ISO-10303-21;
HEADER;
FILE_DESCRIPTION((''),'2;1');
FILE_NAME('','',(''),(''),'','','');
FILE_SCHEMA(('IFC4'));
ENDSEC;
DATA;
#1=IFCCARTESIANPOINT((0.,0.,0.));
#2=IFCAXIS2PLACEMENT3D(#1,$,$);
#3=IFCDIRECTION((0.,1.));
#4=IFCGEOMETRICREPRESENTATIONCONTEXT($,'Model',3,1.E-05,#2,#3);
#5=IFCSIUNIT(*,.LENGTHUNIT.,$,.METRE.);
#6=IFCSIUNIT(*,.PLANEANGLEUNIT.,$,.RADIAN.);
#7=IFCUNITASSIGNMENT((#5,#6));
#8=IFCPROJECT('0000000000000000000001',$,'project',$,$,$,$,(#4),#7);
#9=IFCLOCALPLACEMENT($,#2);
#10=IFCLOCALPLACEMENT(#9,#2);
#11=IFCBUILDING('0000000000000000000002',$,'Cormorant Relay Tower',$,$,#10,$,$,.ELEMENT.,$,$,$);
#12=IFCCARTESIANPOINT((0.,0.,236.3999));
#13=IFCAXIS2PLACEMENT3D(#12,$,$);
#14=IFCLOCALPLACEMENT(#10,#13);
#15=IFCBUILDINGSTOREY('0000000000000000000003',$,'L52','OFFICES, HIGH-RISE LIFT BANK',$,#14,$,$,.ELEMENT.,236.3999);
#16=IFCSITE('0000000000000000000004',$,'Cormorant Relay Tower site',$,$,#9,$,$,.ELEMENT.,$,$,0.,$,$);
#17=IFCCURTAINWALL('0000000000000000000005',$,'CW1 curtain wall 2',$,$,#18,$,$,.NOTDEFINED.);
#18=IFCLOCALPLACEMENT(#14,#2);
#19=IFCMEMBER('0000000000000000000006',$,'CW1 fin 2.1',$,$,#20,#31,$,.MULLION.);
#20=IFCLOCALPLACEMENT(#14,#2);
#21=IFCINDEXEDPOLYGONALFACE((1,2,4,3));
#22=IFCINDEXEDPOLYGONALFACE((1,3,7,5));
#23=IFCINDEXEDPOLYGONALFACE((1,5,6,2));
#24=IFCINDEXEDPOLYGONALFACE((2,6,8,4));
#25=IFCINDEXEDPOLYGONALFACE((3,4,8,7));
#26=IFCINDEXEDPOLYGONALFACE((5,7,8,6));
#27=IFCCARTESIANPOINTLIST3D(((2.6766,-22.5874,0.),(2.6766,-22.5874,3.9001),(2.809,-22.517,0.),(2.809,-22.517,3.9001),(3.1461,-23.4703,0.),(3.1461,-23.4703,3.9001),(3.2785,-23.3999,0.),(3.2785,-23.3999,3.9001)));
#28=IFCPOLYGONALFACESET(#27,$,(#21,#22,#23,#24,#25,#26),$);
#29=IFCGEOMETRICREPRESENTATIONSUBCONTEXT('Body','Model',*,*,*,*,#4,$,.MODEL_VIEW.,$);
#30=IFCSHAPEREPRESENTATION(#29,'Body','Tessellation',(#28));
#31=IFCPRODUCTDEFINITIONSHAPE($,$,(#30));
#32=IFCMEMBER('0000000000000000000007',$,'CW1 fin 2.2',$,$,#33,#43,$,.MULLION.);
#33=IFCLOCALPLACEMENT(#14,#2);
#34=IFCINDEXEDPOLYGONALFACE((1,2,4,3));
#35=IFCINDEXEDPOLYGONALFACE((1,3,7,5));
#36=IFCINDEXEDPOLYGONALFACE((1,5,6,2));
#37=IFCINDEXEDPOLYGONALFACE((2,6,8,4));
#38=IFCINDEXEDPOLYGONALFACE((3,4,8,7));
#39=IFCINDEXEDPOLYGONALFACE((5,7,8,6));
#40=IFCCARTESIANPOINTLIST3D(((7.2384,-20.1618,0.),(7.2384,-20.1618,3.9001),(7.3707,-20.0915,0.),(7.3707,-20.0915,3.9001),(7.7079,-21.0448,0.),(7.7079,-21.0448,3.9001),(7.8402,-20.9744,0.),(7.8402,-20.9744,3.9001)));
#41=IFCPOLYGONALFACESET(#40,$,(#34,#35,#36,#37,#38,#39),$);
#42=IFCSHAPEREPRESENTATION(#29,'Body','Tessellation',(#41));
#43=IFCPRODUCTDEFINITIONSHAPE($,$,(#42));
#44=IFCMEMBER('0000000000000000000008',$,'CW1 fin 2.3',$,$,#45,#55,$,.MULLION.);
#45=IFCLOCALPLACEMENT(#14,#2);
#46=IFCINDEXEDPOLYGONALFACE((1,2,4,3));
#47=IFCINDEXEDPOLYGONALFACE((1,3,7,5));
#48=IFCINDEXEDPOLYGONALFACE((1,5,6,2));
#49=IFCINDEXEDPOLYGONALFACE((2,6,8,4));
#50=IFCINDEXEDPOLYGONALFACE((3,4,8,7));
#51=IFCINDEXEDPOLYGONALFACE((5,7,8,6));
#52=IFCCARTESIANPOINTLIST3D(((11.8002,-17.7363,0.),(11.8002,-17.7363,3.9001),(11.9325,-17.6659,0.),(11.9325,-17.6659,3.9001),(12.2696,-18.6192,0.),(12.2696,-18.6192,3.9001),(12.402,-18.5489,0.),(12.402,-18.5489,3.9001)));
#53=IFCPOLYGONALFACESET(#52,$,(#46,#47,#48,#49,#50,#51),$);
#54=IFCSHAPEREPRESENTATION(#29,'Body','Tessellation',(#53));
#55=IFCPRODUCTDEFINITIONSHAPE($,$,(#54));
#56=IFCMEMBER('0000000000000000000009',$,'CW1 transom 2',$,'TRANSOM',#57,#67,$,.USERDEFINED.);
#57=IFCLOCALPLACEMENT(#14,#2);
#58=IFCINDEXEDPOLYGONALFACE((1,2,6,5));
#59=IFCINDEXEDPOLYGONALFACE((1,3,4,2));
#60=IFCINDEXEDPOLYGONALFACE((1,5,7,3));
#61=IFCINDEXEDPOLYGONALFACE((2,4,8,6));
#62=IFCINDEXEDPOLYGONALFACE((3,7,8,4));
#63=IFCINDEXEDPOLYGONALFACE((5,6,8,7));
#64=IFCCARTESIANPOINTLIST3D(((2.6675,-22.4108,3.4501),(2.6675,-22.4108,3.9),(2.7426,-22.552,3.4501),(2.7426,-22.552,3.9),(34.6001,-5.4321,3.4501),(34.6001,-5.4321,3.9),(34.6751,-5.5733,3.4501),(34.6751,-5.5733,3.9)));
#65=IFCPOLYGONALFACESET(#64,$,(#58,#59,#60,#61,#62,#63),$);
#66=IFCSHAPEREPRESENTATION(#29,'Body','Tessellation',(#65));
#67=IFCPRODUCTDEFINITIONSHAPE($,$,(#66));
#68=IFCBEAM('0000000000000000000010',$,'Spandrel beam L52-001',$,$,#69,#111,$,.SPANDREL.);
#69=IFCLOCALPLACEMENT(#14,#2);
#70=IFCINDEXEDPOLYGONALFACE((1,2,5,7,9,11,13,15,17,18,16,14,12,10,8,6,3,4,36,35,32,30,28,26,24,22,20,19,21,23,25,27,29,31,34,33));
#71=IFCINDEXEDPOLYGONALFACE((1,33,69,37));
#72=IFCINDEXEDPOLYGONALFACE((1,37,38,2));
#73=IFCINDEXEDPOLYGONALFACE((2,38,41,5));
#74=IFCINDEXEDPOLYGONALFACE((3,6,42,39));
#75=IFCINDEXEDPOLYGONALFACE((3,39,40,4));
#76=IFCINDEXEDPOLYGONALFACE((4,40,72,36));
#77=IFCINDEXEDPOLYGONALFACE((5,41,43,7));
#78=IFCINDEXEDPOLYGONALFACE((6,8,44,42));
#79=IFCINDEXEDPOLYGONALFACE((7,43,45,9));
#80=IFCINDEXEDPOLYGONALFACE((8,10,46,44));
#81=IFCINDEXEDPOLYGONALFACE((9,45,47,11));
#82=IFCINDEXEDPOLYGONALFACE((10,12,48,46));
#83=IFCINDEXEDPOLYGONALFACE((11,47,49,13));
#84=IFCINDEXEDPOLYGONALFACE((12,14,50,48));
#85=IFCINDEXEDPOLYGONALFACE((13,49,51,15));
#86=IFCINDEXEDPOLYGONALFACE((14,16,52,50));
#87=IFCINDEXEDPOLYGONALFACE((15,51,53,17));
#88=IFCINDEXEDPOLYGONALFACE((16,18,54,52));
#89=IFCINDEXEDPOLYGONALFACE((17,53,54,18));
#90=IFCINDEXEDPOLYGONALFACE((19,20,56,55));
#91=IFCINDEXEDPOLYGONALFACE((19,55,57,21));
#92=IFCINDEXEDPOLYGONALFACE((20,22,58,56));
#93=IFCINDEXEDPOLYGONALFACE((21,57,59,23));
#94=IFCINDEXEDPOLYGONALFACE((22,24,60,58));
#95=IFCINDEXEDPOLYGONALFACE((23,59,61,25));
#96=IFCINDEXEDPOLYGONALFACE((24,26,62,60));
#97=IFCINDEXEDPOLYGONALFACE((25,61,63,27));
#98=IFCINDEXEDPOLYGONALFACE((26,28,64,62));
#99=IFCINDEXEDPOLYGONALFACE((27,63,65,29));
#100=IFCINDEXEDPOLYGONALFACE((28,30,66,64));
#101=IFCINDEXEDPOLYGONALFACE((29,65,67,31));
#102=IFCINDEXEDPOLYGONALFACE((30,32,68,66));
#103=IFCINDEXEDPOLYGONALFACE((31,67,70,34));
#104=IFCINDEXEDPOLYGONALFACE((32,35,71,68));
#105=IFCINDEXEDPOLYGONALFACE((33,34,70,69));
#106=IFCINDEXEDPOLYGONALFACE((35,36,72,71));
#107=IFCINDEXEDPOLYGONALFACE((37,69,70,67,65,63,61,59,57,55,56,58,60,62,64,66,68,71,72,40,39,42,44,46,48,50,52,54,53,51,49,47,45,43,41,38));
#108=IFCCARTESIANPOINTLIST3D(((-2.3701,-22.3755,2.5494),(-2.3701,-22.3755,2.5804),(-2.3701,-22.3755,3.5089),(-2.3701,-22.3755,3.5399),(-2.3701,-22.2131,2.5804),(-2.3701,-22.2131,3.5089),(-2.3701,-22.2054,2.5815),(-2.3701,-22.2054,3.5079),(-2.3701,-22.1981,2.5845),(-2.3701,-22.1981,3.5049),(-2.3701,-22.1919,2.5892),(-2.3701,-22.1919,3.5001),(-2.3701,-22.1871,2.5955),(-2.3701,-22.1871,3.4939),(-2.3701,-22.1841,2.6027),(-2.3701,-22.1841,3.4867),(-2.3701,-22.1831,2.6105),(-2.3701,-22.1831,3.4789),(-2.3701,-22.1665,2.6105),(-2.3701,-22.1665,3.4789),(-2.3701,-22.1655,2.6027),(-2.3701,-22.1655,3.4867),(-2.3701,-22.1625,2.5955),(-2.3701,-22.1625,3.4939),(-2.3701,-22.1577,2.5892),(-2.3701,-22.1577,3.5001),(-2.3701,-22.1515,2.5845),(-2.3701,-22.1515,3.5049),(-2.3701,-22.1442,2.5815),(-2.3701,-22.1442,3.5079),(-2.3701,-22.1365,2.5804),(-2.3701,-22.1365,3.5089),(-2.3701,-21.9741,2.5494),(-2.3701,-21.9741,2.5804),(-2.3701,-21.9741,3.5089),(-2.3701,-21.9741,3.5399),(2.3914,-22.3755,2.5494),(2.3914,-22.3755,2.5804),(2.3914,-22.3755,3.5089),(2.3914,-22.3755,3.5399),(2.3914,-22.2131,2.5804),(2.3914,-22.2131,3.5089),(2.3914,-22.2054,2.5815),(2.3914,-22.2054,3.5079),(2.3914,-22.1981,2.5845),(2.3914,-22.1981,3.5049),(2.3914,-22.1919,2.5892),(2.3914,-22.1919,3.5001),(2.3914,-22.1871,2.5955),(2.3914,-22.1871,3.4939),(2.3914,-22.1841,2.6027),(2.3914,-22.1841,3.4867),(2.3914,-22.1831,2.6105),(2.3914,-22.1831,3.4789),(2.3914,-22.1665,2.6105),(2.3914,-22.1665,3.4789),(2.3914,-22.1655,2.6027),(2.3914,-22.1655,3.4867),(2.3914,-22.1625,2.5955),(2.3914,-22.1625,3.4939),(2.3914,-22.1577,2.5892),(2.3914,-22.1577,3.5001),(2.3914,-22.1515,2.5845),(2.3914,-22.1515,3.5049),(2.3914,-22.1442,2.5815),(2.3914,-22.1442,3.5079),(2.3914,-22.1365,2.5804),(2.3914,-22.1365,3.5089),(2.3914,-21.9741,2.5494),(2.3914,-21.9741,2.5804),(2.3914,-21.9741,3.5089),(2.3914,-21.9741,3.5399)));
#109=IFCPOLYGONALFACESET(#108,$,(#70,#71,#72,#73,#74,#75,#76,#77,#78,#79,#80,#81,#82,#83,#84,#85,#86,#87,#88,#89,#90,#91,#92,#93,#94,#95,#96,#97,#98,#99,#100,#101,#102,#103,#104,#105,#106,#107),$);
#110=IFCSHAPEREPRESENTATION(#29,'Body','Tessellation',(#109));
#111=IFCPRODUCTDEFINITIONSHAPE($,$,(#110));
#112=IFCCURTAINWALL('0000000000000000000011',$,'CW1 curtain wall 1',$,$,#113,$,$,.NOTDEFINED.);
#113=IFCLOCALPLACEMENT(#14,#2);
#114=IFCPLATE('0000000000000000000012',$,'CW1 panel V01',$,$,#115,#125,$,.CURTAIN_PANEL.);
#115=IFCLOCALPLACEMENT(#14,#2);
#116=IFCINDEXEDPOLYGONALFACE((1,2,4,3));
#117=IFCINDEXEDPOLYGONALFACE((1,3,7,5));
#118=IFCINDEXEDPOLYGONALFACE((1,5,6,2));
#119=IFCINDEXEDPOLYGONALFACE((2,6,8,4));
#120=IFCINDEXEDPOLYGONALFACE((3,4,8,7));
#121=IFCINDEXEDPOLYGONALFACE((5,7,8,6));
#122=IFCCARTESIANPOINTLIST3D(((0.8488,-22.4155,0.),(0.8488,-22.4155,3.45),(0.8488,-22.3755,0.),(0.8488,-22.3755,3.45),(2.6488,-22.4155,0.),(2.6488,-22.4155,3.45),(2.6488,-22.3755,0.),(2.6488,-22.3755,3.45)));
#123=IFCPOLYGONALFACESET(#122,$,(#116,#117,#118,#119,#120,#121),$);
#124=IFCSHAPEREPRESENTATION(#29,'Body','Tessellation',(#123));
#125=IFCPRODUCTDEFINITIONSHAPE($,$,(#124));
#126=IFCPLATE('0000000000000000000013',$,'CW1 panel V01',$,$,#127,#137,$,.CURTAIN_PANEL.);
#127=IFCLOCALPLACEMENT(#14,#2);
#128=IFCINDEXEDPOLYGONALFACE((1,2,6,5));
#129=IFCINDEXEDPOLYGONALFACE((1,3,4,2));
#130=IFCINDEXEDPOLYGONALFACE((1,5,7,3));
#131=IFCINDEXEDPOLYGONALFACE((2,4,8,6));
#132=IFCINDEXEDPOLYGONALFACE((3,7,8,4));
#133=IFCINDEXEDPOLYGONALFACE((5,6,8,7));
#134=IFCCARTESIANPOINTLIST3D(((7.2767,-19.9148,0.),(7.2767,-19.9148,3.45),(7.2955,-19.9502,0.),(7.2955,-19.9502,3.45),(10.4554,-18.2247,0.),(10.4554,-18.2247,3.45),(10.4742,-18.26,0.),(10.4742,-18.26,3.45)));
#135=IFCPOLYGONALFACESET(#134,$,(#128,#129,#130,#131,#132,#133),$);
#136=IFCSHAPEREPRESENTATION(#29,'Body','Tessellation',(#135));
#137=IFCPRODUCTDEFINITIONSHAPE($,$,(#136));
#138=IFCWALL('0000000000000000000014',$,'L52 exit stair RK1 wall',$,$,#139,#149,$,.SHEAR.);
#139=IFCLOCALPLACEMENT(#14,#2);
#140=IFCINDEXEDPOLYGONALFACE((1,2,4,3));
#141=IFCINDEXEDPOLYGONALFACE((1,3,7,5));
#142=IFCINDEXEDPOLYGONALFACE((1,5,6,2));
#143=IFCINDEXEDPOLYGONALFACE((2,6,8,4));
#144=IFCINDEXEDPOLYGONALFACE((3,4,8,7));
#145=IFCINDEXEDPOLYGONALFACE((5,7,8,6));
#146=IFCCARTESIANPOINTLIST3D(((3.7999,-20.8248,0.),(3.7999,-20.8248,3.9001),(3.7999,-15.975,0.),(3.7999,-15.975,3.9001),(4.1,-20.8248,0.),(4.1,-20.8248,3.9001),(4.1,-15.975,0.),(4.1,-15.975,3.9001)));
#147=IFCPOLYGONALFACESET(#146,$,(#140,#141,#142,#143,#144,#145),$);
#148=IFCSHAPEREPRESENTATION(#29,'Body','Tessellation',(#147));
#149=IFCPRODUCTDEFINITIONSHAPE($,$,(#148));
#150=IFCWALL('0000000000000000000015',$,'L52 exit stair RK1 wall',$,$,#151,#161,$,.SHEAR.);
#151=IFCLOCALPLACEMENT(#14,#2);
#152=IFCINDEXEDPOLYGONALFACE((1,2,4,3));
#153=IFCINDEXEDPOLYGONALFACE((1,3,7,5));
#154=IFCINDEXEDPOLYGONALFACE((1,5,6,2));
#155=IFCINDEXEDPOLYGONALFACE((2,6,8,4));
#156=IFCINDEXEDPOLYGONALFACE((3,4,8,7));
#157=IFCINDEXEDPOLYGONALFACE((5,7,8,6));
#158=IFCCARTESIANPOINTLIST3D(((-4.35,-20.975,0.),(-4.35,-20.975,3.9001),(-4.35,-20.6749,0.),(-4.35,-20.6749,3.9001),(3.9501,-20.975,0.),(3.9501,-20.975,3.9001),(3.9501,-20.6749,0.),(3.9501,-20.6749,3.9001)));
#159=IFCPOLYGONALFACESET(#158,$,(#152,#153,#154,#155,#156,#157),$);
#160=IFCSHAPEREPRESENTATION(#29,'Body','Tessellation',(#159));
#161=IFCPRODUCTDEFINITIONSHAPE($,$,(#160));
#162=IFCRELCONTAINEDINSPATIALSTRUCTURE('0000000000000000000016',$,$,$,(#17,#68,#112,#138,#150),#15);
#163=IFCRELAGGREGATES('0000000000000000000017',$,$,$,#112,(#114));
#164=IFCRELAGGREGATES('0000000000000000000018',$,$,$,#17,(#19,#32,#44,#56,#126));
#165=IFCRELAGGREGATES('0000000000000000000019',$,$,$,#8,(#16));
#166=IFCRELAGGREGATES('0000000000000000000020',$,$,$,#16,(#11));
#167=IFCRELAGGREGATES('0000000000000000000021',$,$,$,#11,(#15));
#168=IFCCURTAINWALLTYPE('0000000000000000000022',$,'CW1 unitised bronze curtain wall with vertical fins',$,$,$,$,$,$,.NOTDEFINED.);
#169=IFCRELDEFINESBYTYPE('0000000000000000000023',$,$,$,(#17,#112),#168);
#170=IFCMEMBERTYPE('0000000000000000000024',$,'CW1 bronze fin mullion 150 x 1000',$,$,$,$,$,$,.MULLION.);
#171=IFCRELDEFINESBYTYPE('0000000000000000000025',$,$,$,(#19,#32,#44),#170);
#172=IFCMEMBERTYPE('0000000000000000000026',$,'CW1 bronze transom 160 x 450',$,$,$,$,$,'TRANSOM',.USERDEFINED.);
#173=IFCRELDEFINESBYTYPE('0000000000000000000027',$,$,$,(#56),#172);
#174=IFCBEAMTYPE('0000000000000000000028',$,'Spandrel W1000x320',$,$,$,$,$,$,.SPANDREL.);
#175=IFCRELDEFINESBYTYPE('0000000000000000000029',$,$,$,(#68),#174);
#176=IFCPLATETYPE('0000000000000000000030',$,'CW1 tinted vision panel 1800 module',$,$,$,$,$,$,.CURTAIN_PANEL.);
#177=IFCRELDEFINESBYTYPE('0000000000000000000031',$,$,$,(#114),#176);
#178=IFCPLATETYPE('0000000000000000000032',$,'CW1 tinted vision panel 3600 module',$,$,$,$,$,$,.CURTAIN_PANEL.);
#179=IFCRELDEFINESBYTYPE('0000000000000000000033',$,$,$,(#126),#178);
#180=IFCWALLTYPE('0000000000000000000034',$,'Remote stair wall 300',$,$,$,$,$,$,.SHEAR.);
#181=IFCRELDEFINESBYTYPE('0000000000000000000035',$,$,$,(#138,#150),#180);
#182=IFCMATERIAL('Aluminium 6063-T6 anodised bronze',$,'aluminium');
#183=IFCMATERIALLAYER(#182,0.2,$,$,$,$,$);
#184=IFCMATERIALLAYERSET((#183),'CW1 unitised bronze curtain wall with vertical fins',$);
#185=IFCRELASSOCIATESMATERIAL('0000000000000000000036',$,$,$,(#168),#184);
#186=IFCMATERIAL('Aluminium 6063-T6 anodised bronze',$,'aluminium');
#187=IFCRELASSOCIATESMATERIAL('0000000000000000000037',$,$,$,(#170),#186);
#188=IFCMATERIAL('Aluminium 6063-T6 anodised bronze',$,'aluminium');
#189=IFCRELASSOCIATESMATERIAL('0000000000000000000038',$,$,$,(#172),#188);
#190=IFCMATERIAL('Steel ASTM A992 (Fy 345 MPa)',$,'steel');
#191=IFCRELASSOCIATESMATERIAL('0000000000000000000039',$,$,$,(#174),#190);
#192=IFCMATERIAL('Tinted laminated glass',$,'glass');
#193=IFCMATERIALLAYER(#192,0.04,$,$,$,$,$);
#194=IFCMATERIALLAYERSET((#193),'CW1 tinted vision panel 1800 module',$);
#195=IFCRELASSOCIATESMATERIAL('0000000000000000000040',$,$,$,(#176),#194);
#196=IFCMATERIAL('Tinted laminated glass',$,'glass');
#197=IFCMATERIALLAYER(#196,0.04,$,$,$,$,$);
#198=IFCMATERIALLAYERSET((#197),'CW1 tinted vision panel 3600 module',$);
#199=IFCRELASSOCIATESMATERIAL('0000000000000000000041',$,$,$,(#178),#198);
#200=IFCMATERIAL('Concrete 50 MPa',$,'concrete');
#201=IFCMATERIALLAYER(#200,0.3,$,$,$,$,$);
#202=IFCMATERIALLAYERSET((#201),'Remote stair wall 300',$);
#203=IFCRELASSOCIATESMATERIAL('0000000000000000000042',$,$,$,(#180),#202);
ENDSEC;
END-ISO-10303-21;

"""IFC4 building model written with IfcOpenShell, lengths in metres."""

from ifc_helpers import new_model, si_unit, direction, frame, frame_2d, origin, origin_2d, place, context, subcontext, project, spatial, rectangle, i_section, extrude, material, layer, layer_set, material_profile, profile_set, type_object, element, aggregate, save


model = new_model("IFC4")

# Units and contexts
model_context = context("Model", 3, precision=1e-05, world=origin(), true_north=direction((0.0, 1.0)))
body_context = subcontext(model_context, "Body", "Model", "MODEL_VIEW")
ifc_project = project(units=[si_unit("LENGTHUNIT", "METRE"), si_unit("PLANEANGLEUNIT", "RADIAN")], contexts=[model_context])

# Site, building, storey
site_placement = place(None, origin())
site = spatial("IfcSite", under=ifc_project, at=site_placement, Name="Cormorant Relay Tower site", CompositionType="ELEMENT", RefElevation=0.0)
building_placement = place(site_placement, origin())
building = spatial("IfcBuilding", under=site, at=building_placement, Name="Cormorant Relay Tower", CompositionType="ELEMENT")
storey_placement = place(building_placement, frame((0.0, 0.0, 236.3999)))
storey = spatial("IfcBuildingStorey", under=building, at=storey_placement, Name="L52", Description="OFFICES, HIGH-RISE LIFT BANK", CompositionType="ELEMENT", Elevation=236.3999)

# Curtain wall, members
ifc_material_1 = material(Name="Aluminium 6063-T6 anodised bronze", Category="aluminium")
ifc_layer_1 = layer(ifc_material_1, 0.2)
ifc_layer_set_1 = layer_set([ifc_layer_1], Name="CW1 unitised bronze curtain wall with vertical fins")
curtain_wall_type = type_object("IfcCurtainWallType", Name="CW1 unitised bronze curtain wall with vertical fins", PredefinedType="NOTDEFINED", material=ifc_layer_set_1)
curtain_wall_1_placement = place(storey_placement, origin())
curtain_wall_1 = element("IfcCurtainWall", 1, at=curtain_wall_1_placement, inside=storey, type_object=curtain_wall_type, Name="CW1 curtain wall 2", PredefinedType="NOTDEFINED")
ifc_material_2 = material(Name="Aluminium 6063-T6 anodised bronze", Category="aluminium")
ifc_material_profile_1 = material_profile(ifc_material_2, rectangle(XDim=0.1499, YDim=1.0, at=origin_2d()), Name="AL 150x1000")
ifc_profile_set_1 = profile_set([ifc_material_profile_1], Name="Aluminium 6063-T6 anodised bronze")
member_type_1 = type_object("IfcMemberType", Name="CW1 bronze fin mullion 150 x 1000", PredefinedType="MULLION", material=ifc_profile_set_1)
member_1_placement = place(storey_placement, frame((2.9775, -22.9937, 0.0), z_axis=(0.0, 0.0, 1.0), x_axis=(0.882948, 0.469472, 0.0)))
member_1 = element("IfcMember", 2, at=member_1_placement, type_object=member_type_1, Name="CW1 fin 2.1", PredefinedType="MULLION", context=body_context, shape_type="SweptSolid", body=[
    extrude(rectangle(XDim=0.1499, YDim=1.0, at=origin_2d()), origin(), (0.0, 0.0, 1.0), 3.9001),
])
member_2_placement = place(storey_placement, frame((7.5393, -20.5681, 0.0), z_axis=(0.0, 0.0, 1.0), x_axis=(0.882948, 0.469472, 0.0)))
member_2 = element("IfcMember", 3, at=member_2_placement, type_object=member_type_1, Name="CW1 fin 2.2", PredefinedType="MULLION", context=body_context, shape_type="SweptSolid", body=[
    extrude(rectangle(XDim=0.1499, YDim=1.0, at=origin_2d()), origin(), (0.0, 0.0, 1.0), 3.9001),
])
member_3_placement = place(storey_placement, frame((12.1011, -18.1426, 0.0), z_axis=(0.0, 0.0, 1.0), x_axis=(0.882948, 0.469472, 0.0)))
member_3 = element("IfcMember", 4, at=member_3_placement, type_object=member_type_1, Name="CW1 fin 2.3", PredefinedType="MULLION", context=body_context, shape_type="SweptSolid", body=[
    extrude(rectangle(XDim=0.1499, YDim=1.0, at=origin_2d()), origin(), (0.0, 0.0, 1.0), 3.9001),
])
ifc_material_3 = material(Name="Aluminium 6063-T6 anodised bronze", Category="aluminium")
ifc_material_profile_2 = material_profile(ifc_material_3, rectangle(XDim=0.1599, YDim=0.45, at=origin_2d()), Name="AL 160x450")
ifc_profile_set_2 = profile_set([ifc_material_profile_2], Name="Aluminium 6063-T6 anodised bronze")
member_type_2 = type_object("IfcMemberType", Name="CW1 bronze transom 160 x 450", ElementType="TRANSOM", PredefinedType="USERDEFINED", material=ifc_profile_set_2)
member_4_placement = place(storey_placement, frame((2.7051, -22.4814, 3.675), z_axis=(0.882949, 0.469469, 0.0), x_axis=(-0.469469, 0.882949, 0.0)))
member_4 = element("IfcMember", 5, at=member_4_placement, type_object=member_type_2, Name="CW1 transom 2", ObjectType="TRANSOM", PredefinedType="USERDEFINED", context=body_context, shape_type="SweptSolid", body=[
    extrude(rectangle(XDim=0.1599, YDim=0.45, at=origin_2d()), origin(), (0.0, 0.0, 1.0), 36.1658),
])

# Beam
ifc_material_4 = material(Name="Steel ASTM A992 (Fy 345 MPa)", Category="steel")
ifc_material_profile_3 = material_profile(ifc_material_4, i_section(OverallWidth=0.4014, OverallDepth=0.9905, WebThickness=0.0166, FlangeThickness=0.031, FilletRadius=0.03, at=origin_2d()), Name="W1000x320")
ifc_profile_set_3 = profile_set([ifc_material_profile_3], Name="Steel ASTM A992 (Fy 345 MPa)")
beam_type = type_object("IfcBeamType", Name="Spandrel W1000x320", PredefinedType="SPANDREL", material=ifc_profile_set_3)
beam_placement = place(storey_placement, frame((-2.3701, -22.1748, 3.0447), z_axis=(1.0, 0.0, 0.0), x_axis=(0.0, 1.0, 0.0)))
element("IfcBeam", 6, at=beam_placement, inside=storey, type_object=beam_type, Name="Spandrel beam L52-001", PredefinedType="SPANDREL", context=body_context, shape_type="SweptSolid", body=[
    extrude(i_section(OverallWidth=0.4014, OverallDepth=0.9905, WebThickness=0.0166, FlangeThickness=0.031, FilletRadius=0.03, at=origin_2d()), origin(), (0.0, 0.0, 1.0), 4.7615),
])

# Curtain wall, plate
curtain_wall_2_placement = place(storey_placement, origin())
curtain_wall_2 = element("IfcCurtainWall", 7, at=curtain_wall_2_placement, inside=storey, type_object=curtain_wall_type, Name="CW1 curtain wall 1", PredefinedType="NOTDEFINED")
ifc_material_5 = material(Name="Tinted laminated glass", Category="glass")
ifc_layer_2 = layer(ifc_material_5, 0.04)
ifc_layer_set_2 = layer_set([ifc_layer_2], Name="CW1 tinted vision panel 1800 module")
plate_type_1 = type_object("IfcPlateType", Name="CW1 tinted vision panel 1800 module", PredefinedType="CURTAIN_PANEL", material=ifc_layer_set_2)
plate_1_placement = place(storey_placement, frame((1.7488, -22.3955, 0.0), z_axis=(0.0, 0.0, 1.0), x_axis=(1.0, 0.0, 0.0)))
plate_1 = element("IfcPlate", 8, at=plate_1_placement, type_object=plate_type_1, Name="CW1 panel V01", PredefinedType="CURTAIN_PANEL", context=body_context, shape_type="SweptSolid", body=[
    extrude(rectangle(XDim=1.8, YDim=0.04, at=origin_2d()), origin(), (0.0, 0.0, 1.0), 3.45),
])

# Plate
ifc_material_6 = material(Name="Tinted laminated glass", Category="glass")
ifc_layer_3 = layer(ifc_material_6, 0.04)
ifc_layer_set_3 = layer_set([ifc_layer_3], Name="CW1 tinted vision panel 3600 module")
plate_type_2 = type_object("IfcPlateType", Name="CW1 tinted vision panel 3600 module", PredefinedType="CURTAIN_PANEL", material=ifc_layer_set_3)
plate_2_placement = place(storey_placement, frame((8.8755, -19.0874, 0.0), z_axis=(0.0, 0.0, 1.0), x_axis=(0.882948, 0.469472, 0.0)))
plate_2 = element("IfcPlate", 9, at=plate_2_placement, type_object=plate_type_2, Name="CW1 panel V01", PredefinedType="CURTAIN_PANEL", context=body_context, shape_type="SweptSolid", body=[
    extrude(rectangle(XDim=3.6001, YDim=0.04, at=origin_2d()), origin(), (0.0, 0.0, 1.0), 3.45),
])

# Walls
ifc_material_7 = material(Name="Concrete 50 MPa", Category="concrete")
ifc_layer_4 = layer(ifc_material_7, 0.3)
ifc_layer_set_4 = layer_set([ifc_layer_4], Name="Remote stair wall 300")
wall_type = type_object("IfcWallType", Name="Remote stair wall 300", PredefinedType="SHEAR", material=ifc_layer_set_4)
wall_1_placement = place(storey_placement, frame((3.95, -15.9751, 0.0), z_axis=(0.0, 0.0, 1.0), x_axis=(0.0, -1.0, 0.0)))
element("IfcWall", 10, at=wall_1_placement, inside=storey, type_object=wall_type, Name="L52 exit stair RK1 wall", PredefinedType="SHEAR", context=body_context, shape_type="SweptSolid", body=[
    extrude(rectangle(XDim=4.8499, YDim=0.3, at=frame_2d((2.4248, 0.0))), origin(), (0.0, 0.0, 1.0), 3.9001),
])
wall_2_placement = place(storey_placement, frame((3.95, -20.825, 0.0), z_axis=(0.0, 0.0, 1.0), x_axis=(-1.0, 0.0, 0.0)))
element("IfcWall", 11, at=wall_2_placement, inside=storey, type_object=wall_type, Name="L52 exit stair RK1 wall", PredefinedType="SHEAR", context=body_context, shape_type="SweptSolid", body=[
    extrude(rectangle(XDim=8.3, YDim=0.3, at=frame_2d((4.1499, 0.0))), origin(), (0.0, 0.0, 1.0), 3.9001),
])

aggregate(curtain_wall_2, [plate_1])
aggregate(curtain_wall_1, [member_1, member_2, member_3, member_4, plate_2])

save(model, "model.ifc")
